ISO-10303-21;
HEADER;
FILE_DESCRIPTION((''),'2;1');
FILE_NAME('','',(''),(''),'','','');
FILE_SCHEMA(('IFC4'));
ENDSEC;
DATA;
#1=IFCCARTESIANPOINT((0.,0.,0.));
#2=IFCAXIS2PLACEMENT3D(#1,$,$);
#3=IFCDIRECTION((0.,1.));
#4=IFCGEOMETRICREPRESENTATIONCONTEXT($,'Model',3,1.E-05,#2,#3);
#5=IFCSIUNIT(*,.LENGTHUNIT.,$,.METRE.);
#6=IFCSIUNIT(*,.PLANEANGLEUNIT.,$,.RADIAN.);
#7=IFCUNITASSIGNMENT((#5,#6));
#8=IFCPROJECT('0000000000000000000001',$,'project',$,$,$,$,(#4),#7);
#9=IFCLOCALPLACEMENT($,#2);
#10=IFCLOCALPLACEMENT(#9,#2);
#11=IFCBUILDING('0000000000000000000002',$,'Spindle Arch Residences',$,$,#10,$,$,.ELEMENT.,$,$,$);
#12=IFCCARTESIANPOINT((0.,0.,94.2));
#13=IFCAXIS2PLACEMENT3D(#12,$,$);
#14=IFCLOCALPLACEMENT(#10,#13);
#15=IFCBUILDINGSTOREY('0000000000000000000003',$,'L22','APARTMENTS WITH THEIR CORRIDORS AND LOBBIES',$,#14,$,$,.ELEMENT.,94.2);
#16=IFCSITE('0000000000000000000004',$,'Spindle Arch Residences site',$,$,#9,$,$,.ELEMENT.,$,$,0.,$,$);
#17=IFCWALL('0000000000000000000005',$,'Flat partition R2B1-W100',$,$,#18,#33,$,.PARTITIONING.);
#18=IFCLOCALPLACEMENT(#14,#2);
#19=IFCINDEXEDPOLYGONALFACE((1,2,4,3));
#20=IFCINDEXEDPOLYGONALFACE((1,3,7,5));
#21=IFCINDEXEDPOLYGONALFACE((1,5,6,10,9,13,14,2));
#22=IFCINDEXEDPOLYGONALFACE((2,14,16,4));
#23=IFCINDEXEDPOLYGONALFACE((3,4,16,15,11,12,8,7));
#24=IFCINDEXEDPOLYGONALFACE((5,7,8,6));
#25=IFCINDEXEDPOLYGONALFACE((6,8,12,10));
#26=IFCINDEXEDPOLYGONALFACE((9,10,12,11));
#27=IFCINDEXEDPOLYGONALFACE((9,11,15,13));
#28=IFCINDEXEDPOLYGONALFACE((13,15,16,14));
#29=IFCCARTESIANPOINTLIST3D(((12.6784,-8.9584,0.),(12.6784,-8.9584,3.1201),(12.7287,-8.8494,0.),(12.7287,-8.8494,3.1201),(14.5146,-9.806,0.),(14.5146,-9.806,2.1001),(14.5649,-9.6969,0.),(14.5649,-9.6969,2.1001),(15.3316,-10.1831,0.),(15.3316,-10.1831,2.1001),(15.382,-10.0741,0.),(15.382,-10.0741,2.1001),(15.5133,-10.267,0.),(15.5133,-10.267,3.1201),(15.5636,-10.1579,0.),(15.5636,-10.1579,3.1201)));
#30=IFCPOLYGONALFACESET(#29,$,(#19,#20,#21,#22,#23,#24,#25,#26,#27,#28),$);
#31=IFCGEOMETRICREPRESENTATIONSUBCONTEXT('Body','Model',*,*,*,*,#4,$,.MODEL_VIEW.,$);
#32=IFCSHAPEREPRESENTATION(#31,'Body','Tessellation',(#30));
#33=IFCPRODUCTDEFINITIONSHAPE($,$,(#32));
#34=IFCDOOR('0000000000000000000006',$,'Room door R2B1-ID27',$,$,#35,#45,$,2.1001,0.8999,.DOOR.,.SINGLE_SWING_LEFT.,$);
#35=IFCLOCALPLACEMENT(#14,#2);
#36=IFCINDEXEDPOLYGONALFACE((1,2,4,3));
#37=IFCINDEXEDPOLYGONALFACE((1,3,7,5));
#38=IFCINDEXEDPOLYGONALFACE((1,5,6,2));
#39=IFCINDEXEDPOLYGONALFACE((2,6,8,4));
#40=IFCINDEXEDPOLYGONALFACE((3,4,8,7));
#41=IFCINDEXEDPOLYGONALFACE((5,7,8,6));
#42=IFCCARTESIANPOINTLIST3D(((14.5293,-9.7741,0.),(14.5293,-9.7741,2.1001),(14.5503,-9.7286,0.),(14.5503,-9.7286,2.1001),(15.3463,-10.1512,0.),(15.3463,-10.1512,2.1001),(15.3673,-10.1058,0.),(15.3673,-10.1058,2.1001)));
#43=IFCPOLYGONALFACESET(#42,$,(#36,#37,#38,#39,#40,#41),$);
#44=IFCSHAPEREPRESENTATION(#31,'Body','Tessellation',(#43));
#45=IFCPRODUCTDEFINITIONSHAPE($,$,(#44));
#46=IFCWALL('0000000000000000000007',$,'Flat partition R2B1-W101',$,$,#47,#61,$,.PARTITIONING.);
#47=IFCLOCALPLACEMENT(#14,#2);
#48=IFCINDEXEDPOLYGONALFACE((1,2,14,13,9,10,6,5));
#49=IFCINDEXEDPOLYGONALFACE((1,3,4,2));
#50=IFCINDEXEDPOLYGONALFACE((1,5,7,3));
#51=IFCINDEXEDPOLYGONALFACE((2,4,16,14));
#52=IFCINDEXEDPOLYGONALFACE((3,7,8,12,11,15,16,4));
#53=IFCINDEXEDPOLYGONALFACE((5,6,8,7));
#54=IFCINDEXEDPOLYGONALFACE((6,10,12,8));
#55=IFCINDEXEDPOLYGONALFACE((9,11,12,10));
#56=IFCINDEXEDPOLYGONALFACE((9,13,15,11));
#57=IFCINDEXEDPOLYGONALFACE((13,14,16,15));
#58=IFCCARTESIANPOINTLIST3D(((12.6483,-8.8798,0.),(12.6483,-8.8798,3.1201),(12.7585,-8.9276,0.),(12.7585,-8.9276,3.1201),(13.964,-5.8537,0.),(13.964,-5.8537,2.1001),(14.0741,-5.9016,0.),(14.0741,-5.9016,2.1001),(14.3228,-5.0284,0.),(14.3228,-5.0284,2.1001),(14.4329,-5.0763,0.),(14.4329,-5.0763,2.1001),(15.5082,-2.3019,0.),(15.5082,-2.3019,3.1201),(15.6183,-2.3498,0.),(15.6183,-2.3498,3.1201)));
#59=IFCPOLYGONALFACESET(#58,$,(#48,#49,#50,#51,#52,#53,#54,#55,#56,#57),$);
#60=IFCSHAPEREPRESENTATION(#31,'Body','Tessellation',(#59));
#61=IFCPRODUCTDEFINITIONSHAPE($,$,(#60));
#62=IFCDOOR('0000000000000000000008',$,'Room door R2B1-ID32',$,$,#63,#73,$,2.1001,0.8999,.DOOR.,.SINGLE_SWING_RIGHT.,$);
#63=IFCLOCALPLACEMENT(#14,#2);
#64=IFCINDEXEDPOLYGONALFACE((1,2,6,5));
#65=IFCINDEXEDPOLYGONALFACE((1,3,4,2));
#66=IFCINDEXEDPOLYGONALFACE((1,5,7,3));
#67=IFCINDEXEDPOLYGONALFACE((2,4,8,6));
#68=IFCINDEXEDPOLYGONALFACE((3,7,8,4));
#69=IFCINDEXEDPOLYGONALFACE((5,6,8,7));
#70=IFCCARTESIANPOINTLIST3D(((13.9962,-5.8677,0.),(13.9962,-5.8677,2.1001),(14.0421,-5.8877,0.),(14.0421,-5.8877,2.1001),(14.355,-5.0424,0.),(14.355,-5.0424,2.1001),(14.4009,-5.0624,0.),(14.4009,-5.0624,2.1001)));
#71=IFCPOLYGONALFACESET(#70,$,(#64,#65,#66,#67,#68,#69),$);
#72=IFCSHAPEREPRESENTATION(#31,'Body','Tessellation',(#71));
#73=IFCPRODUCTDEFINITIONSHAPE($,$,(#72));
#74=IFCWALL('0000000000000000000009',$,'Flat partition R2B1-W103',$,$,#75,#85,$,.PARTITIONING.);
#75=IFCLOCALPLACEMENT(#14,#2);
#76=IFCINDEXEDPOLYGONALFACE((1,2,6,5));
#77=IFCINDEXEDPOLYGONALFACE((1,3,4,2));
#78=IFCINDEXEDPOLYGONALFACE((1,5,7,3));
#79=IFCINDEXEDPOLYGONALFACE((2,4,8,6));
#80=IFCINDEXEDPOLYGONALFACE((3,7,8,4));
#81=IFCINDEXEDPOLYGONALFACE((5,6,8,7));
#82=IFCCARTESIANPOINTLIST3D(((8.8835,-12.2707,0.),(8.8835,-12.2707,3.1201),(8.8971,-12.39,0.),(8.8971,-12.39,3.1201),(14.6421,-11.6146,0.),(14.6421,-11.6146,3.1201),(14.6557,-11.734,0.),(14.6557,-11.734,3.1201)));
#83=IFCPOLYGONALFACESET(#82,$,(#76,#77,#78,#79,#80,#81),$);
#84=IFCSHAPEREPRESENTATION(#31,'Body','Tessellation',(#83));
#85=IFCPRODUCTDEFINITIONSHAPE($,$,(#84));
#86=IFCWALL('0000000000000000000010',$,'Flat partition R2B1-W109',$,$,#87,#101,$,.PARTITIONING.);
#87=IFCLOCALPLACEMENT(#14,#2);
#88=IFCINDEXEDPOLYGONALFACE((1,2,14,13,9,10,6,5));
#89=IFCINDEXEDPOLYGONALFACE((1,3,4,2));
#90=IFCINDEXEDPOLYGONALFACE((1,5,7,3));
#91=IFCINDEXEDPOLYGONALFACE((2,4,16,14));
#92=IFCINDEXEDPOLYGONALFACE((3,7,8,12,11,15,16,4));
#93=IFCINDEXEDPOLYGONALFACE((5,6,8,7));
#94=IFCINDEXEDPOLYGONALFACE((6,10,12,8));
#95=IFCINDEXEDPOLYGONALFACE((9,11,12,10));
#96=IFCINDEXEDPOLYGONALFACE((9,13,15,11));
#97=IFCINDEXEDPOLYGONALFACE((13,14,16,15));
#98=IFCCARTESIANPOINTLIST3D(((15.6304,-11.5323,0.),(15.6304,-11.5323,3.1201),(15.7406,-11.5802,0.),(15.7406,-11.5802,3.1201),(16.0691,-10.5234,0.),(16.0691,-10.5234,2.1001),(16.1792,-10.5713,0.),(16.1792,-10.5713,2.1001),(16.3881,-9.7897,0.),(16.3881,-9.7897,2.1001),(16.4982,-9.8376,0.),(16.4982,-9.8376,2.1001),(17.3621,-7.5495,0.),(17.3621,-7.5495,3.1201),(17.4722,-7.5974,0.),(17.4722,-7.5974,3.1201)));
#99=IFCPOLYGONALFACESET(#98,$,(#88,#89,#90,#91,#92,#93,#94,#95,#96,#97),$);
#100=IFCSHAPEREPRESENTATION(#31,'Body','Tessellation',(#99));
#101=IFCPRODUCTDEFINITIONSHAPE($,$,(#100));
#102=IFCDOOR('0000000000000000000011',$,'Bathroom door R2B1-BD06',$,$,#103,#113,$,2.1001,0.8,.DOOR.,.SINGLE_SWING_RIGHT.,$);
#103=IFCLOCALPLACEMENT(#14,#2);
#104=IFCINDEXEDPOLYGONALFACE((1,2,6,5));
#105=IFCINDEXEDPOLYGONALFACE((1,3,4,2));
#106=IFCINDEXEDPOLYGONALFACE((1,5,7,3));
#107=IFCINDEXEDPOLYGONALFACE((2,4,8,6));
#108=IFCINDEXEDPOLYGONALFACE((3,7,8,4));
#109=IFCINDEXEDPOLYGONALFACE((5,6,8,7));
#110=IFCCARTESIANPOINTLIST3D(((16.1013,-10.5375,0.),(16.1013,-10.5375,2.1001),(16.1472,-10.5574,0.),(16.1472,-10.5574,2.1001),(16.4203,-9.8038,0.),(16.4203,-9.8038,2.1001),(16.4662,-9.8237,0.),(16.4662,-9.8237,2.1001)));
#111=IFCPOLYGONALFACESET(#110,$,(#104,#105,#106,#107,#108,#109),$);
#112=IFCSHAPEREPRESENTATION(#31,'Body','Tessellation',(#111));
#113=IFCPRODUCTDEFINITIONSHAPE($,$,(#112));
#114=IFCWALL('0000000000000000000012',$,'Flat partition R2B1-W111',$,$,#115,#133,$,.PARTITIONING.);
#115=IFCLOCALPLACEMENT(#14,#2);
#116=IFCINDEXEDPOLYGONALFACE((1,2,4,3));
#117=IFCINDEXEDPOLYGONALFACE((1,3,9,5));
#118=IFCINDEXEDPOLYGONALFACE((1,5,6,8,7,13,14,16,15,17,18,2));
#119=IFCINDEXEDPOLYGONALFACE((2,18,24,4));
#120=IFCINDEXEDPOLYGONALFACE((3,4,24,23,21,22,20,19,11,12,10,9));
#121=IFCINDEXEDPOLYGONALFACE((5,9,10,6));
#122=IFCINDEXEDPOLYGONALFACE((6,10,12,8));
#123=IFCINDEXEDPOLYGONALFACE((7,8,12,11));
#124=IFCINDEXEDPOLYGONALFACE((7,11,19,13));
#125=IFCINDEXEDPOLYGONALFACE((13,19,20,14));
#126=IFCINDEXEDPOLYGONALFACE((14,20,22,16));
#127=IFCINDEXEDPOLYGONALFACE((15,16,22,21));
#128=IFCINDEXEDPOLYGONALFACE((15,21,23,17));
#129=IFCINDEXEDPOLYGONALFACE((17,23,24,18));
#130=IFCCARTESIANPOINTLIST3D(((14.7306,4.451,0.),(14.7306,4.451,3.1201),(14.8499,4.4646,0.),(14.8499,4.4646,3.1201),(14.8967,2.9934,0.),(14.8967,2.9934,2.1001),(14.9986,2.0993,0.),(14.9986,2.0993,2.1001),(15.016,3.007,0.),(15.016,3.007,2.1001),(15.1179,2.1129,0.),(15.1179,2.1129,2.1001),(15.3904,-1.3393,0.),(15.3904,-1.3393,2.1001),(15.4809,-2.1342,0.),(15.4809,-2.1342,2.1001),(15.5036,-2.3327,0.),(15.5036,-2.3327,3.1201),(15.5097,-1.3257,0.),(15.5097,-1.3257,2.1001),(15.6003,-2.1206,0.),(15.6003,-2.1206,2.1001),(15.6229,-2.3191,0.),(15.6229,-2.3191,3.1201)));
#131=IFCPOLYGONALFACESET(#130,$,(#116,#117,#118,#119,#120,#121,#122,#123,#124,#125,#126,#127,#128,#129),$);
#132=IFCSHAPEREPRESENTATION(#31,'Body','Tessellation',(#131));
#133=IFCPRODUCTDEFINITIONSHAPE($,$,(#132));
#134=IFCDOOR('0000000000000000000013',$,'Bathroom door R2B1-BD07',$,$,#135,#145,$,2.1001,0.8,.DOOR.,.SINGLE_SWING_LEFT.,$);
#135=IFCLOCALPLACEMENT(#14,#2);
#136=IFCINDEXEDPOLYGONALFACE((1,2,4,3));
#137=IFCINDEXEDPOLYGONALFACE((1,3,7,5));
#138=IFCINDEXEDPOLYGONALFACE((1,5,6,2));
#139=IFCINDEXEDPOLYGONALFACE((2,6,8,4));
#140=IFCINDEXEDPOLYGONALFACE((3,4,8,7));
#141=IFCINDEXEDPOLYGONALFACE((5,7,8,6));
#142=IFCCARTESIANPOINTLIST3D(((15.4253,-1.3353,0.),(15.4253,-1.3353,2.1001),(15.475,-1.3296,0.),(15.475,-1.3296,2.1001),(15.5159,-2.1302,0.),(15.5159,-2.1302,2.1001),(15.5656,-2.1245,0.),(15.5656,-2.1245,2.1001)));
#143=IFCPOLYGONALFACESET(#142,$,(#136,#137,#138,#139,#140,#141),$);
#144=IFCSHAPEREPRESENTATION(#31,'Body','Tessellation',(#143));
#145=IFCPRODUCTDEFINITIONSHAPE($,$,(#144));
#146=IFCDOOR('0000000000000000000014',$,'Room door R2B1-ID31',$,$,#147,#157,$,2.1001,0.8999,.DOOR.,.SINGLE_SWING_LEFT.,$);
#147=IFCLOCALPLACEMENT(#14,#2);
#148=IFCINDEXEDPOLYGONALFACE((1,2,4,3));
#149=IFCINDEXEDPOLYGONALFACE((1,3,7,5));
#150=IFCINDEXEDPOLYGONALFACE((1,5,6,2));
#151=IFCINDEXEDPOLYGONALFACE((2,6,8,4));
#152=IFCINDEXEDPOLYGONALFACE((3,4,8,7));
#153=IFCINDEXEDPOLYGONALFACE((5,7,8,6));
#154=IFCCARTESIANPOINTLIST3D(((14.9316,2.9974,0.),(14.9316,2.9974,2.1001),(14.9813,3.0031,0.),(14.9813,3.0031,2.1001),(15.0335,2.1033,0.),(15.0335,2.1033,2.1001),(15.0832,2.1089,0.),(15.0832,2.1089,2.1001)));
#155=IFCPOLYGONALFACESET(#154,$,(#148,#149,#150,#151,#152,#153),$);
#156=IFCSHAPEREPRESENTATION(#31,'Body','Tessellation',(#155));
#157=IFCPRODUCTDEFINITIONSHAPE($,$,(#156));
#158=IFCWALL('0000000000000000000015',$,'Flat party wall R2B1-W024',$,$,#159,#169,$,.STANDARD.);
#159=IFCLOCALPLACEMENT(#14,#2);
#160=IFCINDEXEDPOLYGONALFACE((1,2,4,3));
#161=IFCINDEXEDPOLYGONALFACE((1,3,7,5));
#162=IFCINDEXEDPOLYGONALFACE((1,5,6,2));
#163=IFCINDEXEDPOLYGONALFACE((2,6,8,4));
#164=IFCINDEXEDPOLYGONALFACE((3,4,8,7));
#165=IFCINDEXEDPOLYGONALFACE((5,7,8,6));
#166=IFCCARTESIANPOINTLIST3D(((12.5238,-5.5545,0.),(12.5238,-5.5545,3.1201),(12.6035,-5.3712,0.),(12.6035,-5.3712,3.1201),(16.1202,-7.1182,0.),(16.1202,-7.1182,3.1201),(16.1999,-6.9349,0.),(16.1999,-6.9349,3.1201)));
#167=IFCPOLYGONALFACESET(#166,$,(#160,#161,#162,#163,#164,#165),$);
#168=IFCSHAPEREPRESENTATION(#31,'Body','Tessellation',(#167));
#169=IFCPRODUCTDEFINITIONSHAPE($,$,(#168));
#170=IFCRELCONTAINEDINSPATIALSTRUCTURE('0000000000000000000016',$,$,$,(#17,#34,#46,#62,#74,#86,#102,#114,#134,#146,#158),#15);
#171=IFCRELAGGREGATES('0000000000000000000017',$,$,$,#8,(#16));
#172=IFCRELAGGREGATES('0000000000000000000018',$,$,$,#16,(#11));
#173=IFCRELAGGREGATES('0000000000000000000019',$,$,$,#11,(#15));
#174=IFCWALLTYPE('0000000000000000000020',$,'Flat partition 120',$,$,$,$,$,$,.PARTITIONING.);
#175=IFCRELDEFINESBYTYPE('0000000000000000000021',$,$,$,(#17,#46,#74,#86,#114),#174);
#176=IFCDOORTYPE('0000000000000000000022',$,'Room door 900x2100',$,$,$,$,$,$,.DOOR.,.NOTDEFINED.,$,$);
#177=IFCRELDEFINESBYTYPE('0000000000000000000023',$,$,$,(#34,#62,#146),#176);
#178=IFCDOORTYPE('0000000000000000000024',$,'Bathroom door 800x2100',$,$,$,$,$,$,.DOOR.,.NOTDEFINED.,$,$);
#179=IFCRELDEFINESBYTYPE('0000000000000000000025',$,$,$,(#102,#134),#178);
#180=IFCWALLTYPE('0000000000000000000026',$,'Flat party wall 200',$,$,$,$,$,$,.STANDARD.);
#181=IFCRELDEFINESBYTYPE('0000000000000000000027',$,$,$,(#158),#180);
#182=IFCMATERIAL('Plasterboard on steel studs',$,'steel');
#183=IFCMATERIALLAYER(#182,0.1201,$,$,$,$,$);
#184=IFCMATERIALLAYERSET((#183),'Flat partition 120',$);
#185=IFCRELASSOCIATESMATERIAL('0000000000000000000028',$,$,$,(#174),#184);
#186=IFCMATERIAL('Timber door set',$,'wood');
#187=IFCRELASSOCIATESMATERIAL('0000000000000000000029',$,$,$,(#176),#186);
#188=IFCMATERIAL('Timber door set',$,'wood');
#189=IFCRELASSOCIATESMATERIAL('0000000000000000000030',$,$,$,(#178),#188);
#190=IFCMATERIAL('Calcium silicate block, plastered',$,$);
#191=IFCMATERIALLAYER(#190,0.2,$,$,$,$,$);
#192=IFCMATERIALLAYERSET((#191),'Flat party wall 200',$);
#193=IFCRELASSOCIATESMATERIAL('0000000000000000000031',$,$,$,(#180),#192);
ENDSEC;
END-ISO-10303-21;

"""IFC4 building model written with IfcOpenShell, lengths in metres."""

from ifc_helpers import new_model, si_unit, direction, frame, frame_2d, origin, place, context, subcontext, project, spatial, rectangle, extrude, material, layer, layer_set, type_object, element, fill, save


model = new_model("IFC4")

# Units and contexts
model_context = context("Model", 3, precision=1e-05, world=origin(), true_north=direction((0.0, 1.0)))
body_context = subcontext(model_context, "Body", "Model", "MODEL_VIEW")
ifc_project = project(units=[si_unit("LENGTHUNIT", "METRE"), si_unit("PLANEANGLEUNIT", "RADIAN")], contexts=[model_context])

# Site, building, storey
site_placement = place(None, origin())
site = spatial("IfcSite", under=ifc_project, at=site_placement, Name="Spindle Arch Residences site", CompositionType="ELEMENT", RefElevation=0.0)
building_placement = place(site_placement, origin())
building = spatial("IfcBuilding", under=site, at=building_placement, Name="Spindle Arch Residences", CompositionType="ELEMENT")
storey_placement = place(building_placement, frame((0.0, 0.0, 94.2)))
storey = spatial("IfcBuildingStorey", under=building, at=storey_placement, Name="L22", Description="APARTMENTS WITH THEIR CORRIDORS AND LOBBIES", CompositionType="ELEMENT", Elevation=94.2)

# Shared definitions
ifc_material_1 = material(Name="Plasterboard on steel studs", Category="steel")
ifc_layer_1 = layer(ifc_material_1, 0.1201)
ifc_layer_set_1 = layer_set([ifc_layer_1], Name="Flat partition 120")
wall_type_1 = type_object("IfcWallType", Name="Flat partition 120", PredefinedType="PARTITIONING", material=ifc_layer_set_1)

# Walls, openings, doors
wall_1_placement = place(storey_placement, frame((15.5383, -10.2124, 0.0), z_axis=(0.0, 0.0, 1.0), x_axis=(-0.907941, 0.419098, 0.0)))
wall_1 = element("IfcWall", 1, at=wall_1_placement, inside=storey, type_object=wall_type_1, Name="Flat partition R2B1-W100", PredefinedType="PARTITIONING", context=body_context, shape_type="SweptSolid", body=[
    extrude(rectangle(XDim=3.1223, YDim=0.1201, at=frame_2d((1.561, 0.0))), origin(), (0.0, 0.0, 1.0), 3.1201),
])
opening_1_placement = place(wall_1_placement, frame((0.2, 0.0, 0.0)))
opening_1 = element("IfcOpeningElement", 2, at=opening_1_placement, cuts=wall_1, PredefinedType="OPENING", context=body_context, shape_type="SweptSolid", body=[
    extrude(rectangle(XDim=0.8999, YDim=2.1001, at=frame_2d((0.45, 1.05))), frame((0.0, 0.0701, 0.0), z_axis=(0.0, -1.0, 0.0), x_axis=(1.0, 0.0, 0.0)), (0.0, 0.0, 1.0), 0.1401),
])
ifc_material_2 = material(Name="Timber door set", Category="wood")
door_type_1 = type_object("IfcDoorType", Name="Room door 900x2100", OperationType="NOTDEFINED", PredefinedType="DOOR", material=ifc_material_2)
door_1_placement = place(opening_1_placement, origin())
door_1 = element("IfcDoor", 3, at=door_1_placement, inside=storey, type_object=door_type_1, Name="Room door R2B1-ID27", OperationType="SINGLE_SWING_LEFT", OverallHeight=2.1001, OverallWidth=0.8999, PredefinedType="DOOR", context=body_context, shape_type="SweptSolid", body=[
    extrude(rectangle(XDim=0.8999, YDim=2.1001, at=frame_2d((0.45, 1.05))), frame((0.0, 0.0249, 0.0), z_axis=(0.0, -1.0, 0.0), x_axis=(1.0, 0.0, 0.0)), (0.0, 0.0, 1.0), 0.05),
])
fill(opening_1, door_1)
wall_2_placement = place(storey_placement, frame((12.7034, -8.9038, 0.0), z_axis=(0.0, 0.0, 1.0), x_axis=(0.398716, 0.917074, 0.0)))
wall_2 = element("IfcWall", 4, at=wall_2_placement, inside=storey, type_object=wall_type_1, Name="Flat partition R2B1-W101", PredefinedType="PARTITIONING", context=body_context, shape_type="SweptSolid", body=[
    extrude(rectangle(XDim=7.1726, YDim=0.1201, at=frame_2d((3.5864, 0.0))), origin(), (0.0, 0.0, 1.0), 3.1201),
])
opening_2_placement = place(wall_2_placement, frame((3.2998, 0.0, 0.0)))
opening_2 = element("IfcOpeningElement", 5, at=opening_2_placement, cuts=wall_2, PredefinedType="OPENING", context=body_context, shape_type="SweptSolid", body=[
    extrude(rectangle(XDim=0.8999, YDim=2.1001, at=frame_2d((0.45, 1.05))), frame((0.0, 0.0701, 0.0), z_axis=(0.0, -1.0, 0.0), x_axis=(1.0, 0.0, 0.0)), (0.0, 0.0, 1.0), 0.1401),
])
door_2_placement = place(opening_2_placement, origin())
door_2 = element("IfcDoor", 6, at=door_2_placement, inside=storey, type_object=door_type_1, Name="Room door R2B1-ID32", OperationType="SINGLE_SWING_RIGHT", OverallHeight=2.1001, OverallWidth=0.8999, PredefinedType="DOOR", context=body_context, shape_type="SweptSolid", body=[
    extrude(rectangle(XDim=0.8999, YDim=2.1001, at=frame_2d((0.45, 1.05))), frame((0.0, 0.0249, 0.0), z_axis=(0.0, -1.0, 0.0), x_axis=(1.0, 0.0, 0.0)), (0.0, 0.0, 1.0), 0.05),
])
fill(opening_2, door_2)

# Wall
wall_3_placement = place(storey_placement, frame((14.6489, -11.6743, 0.0), z_axis=(0.0, 0.0, 1.0), x_axis=(-0.993574, -0.113187, 0.0)))
element("IfcWall", 7, at=wall_3_placement, inside=storey, type_object=wall_type_1, Name="Flat partition R2B1-W103", PredefinedType="PARTITIONING", context=body_context, shape_type="SweptSolid", body=[
    extrude(rectangle(XDim=5.7959, YDim=0.1201, at=frame_2d((2.8979, 0.0))), origin(), (0.0, 0.0, 1.0), 3.1201),
])

# Wall, opening, door
wall_4_placement = place(storey_placement, frame((15.6855, -11.5562, 0.0), z_axis=(0.0, 0.0, 1.0), x_axis=(0.398724, 0.917071, 0.0)))
wall_4 = element("IfcWall", 8, at=wall_4_placement, inside=storey, type_object=wall_type_1, Name="Flat partition R2B1-W109", PredefinedType="PARTITIONING", context=body_context, shape_type="SweptSolid", body=[
    extrude(rectangle(XDim=4.343, YDim=0.1201, at=frame_2d((2.1714, 0.0))), origin(), (0.0, 0.0, 1.0), 3.1201),
])
opening_3_placement = place(wall_4_placement, frame((1.1001, 0.0, 0.0)))
opening_3 = element("IfcOpeningElement", 9, at=opening_3_placement, cuts=wall_4, PredefinedType="OPENING", context=body_context, shape_type="SweptSolid", body=[
    extrude(rectangle(XDim=0.8, YDim=2.1001, at=frame_2d((0.3999, 1.05))), frame((0.0, 0.0701, 0.0), z_axis=(0.0, -1.0, 0.0), x_axis=(1.0, 0.0, 0.0)), (0.0, 0.0, 1.0), 0.1401),
])
ifc_material_3 = material(Name="Timber door set", Category="wood")
door_type_2 = type_object("IfcDoorType", Name="Bathroom door 800x2100", OperationType="NOTDEFINED", PredefinedType="DOOR", material=ifc_material_3)
door_3_placement = place(opening_3_placement, origin())
door_3 = element("IfcDoor", 10, at=door_3_placement, inside=storey, type_object=door_type_2, Name="Bathroom door R2B1-BD06", OperationType="SINGLE_SWING_RIGHT", OverallHeight=2.1001, OverallWidth=0.8, PredefinedType="DOOR", context=body_context, shape_type="SweptSolid", body=[
    extrude(rectangle(XDim=0.8, YDim=2.1001, at=frame_2d((0.3999, 1.05))), frame((0.0, 0.0249, 0.0), z_axis=(0.0, -1.0, 0.0), x_axis=(1.0, 0.0, 0.0)), (0.0, 0.0, 1.0), 0.05),
])
fill(opening_3, door_3)

# Wall, openings, doors
wall_5_placement = place(storey_placement, frame((15.5632, -2.3259, 0.0), z_axis=(0.0, 0.0, 1.0), x_axis=(-0.11321, 0.993571, 0.0)))
wall_5 = element("IfcWall", 11, at=wall_5_placement, inside=storey, type_object=wall_type_1, Name="Flat partition R2B1-W111", PredefinedType="PARTITIONING", context=body_context, shape_type="SweptSolid", body=[
    extrude(rectangle(XDim=6.8276, YDim=0.1201, at=frame_2d((3.4138, 0.0))), origin(), (0.0, 0.0, 1.0), 3.1201),
])
opening_4_placement = place(wall_5_placement, frame((4.4607, 0.0, 0.0)))
opening_4 = element("IfcOpeningElement", 12, at=opening_4_placement, cuts=wall_5, PredefinedType="OPENING", context=body_context, shape_type="SweptSolid", body=[
    extrude(rectangle(XDim=0.8999, YDim=2.1001, at=frame_2d((0.45, 1.05))), frame((0.0, 0.0701, 0.0), z_axis=(0.0, -1.0, 0.0), x_axis=(1.0, 0.0, 0.0)), (0.0, 0.0, 1.0), 0.1401),
])
opening_5_placement = place(wall_5_placement, frame((0.2, 0.0, 0.0)))
opening_5 = element("IfcOpeningElement", 13, at=opening_5_placement, cuts=wall_5, PredefinedType="OPENING", context=body_context, shape_type="SweptSolid", body=[
    extrude(rectangle(XDim=0.8, YDim=2.1001, at=frame_2d((0.3999, 1.05))), frame((0.0, 0.0701, 0.0), z_axis=(0.0, -1.0, 0.0), x_axis=(1.0, 0.0, 0.0)), (0.0, 0.0, 1.0), 0.1401),
])
door_4_placement = place(opening_5_placement, origin())
door_4 = element("IfcDoor", 14, at=door_4_placement, inside=storey, type_object=door_type_2, Name="Bathroom door R2B1-BD07", OperationType="SINGLE_SWING_LEFT", OverallHeight=2.1001, OverallWidth=0.8, PredefinedType="DOOR", context=body_context, shape_type="SweptSolid", body=[
    extrude(rectangle(XDim=0.8, YDim=2.1001, at=frame_2d((0.3999, 1.05))), frame((0.0, 0.0249, 0.0), z_axis=(0.0, -1.0, 0.0), x_axis=(1.0, 0.0, 0.0)), (0.0, 0.0, 1.0), 0.05),
])
fill(opening_5, door_4)
door_5_placement = place(opening_4_placement, origin())
door_5 = element("IfcDoor", 15, at=door_5_placement, inside=storey, type_object=door_type_1, Name="Room door R2B1-ID31", OperationType="SINGLE_SWING_LEFT", OverallHeight=2.1001, OverallWidth=0.8999, PredefinedType="DOOR", context=body_context, shape_type="SweptSolid", body=[
    extrude(rectangle(XDim=0.8999, YDim=2.1001, at=frame_2d((0.45, 1.05))), frame((0.0, 0.0249, 0.0), z_axis=(0.0, -1.0, 0.0), x_axis=(1.0, 0.0, 0.0)), (0.0, 0.0, 1.0), 0.05),
])
fill(opening_4, door_5)

# Wall
ifc_material_4 = material(Name="Calcium silicate block, plastered")
ifc_layer_2 = layer(ifc_material_4, 0.2)
ifc_layer_set_2 = layer_set([ifc_layer_2], Name="Flat party wall 200")
wall_type_2 = type_object("IfcWallType", Name="Flat party wall 200", PredefinedType="STANDARD", material=ifc_layer_set_2)
wall_6_placement = place(storey_placement, frame((16.1602, -7.0266, 0.0), z_axis=(0.0, 0.0, 1.0), x_axis=(-0.917065, 0.398737, 0.0)))
element("IfcWall", 16, at=wall_6_placement, inside=storey, type_object=wall_type_2, Name="Flat party wall R2B1-W024", PredefinedType="STANDARD", context=body_context, shape_type="SweptSolid", body=[
    extrude(rectangle(XDim=3.9216, YDim=0.2, at=frame_2d((1.9609, 0.0))), origin(), (0.0, 0.0, 1.0), 3.1201),
])

save(model, "model.ifc")
